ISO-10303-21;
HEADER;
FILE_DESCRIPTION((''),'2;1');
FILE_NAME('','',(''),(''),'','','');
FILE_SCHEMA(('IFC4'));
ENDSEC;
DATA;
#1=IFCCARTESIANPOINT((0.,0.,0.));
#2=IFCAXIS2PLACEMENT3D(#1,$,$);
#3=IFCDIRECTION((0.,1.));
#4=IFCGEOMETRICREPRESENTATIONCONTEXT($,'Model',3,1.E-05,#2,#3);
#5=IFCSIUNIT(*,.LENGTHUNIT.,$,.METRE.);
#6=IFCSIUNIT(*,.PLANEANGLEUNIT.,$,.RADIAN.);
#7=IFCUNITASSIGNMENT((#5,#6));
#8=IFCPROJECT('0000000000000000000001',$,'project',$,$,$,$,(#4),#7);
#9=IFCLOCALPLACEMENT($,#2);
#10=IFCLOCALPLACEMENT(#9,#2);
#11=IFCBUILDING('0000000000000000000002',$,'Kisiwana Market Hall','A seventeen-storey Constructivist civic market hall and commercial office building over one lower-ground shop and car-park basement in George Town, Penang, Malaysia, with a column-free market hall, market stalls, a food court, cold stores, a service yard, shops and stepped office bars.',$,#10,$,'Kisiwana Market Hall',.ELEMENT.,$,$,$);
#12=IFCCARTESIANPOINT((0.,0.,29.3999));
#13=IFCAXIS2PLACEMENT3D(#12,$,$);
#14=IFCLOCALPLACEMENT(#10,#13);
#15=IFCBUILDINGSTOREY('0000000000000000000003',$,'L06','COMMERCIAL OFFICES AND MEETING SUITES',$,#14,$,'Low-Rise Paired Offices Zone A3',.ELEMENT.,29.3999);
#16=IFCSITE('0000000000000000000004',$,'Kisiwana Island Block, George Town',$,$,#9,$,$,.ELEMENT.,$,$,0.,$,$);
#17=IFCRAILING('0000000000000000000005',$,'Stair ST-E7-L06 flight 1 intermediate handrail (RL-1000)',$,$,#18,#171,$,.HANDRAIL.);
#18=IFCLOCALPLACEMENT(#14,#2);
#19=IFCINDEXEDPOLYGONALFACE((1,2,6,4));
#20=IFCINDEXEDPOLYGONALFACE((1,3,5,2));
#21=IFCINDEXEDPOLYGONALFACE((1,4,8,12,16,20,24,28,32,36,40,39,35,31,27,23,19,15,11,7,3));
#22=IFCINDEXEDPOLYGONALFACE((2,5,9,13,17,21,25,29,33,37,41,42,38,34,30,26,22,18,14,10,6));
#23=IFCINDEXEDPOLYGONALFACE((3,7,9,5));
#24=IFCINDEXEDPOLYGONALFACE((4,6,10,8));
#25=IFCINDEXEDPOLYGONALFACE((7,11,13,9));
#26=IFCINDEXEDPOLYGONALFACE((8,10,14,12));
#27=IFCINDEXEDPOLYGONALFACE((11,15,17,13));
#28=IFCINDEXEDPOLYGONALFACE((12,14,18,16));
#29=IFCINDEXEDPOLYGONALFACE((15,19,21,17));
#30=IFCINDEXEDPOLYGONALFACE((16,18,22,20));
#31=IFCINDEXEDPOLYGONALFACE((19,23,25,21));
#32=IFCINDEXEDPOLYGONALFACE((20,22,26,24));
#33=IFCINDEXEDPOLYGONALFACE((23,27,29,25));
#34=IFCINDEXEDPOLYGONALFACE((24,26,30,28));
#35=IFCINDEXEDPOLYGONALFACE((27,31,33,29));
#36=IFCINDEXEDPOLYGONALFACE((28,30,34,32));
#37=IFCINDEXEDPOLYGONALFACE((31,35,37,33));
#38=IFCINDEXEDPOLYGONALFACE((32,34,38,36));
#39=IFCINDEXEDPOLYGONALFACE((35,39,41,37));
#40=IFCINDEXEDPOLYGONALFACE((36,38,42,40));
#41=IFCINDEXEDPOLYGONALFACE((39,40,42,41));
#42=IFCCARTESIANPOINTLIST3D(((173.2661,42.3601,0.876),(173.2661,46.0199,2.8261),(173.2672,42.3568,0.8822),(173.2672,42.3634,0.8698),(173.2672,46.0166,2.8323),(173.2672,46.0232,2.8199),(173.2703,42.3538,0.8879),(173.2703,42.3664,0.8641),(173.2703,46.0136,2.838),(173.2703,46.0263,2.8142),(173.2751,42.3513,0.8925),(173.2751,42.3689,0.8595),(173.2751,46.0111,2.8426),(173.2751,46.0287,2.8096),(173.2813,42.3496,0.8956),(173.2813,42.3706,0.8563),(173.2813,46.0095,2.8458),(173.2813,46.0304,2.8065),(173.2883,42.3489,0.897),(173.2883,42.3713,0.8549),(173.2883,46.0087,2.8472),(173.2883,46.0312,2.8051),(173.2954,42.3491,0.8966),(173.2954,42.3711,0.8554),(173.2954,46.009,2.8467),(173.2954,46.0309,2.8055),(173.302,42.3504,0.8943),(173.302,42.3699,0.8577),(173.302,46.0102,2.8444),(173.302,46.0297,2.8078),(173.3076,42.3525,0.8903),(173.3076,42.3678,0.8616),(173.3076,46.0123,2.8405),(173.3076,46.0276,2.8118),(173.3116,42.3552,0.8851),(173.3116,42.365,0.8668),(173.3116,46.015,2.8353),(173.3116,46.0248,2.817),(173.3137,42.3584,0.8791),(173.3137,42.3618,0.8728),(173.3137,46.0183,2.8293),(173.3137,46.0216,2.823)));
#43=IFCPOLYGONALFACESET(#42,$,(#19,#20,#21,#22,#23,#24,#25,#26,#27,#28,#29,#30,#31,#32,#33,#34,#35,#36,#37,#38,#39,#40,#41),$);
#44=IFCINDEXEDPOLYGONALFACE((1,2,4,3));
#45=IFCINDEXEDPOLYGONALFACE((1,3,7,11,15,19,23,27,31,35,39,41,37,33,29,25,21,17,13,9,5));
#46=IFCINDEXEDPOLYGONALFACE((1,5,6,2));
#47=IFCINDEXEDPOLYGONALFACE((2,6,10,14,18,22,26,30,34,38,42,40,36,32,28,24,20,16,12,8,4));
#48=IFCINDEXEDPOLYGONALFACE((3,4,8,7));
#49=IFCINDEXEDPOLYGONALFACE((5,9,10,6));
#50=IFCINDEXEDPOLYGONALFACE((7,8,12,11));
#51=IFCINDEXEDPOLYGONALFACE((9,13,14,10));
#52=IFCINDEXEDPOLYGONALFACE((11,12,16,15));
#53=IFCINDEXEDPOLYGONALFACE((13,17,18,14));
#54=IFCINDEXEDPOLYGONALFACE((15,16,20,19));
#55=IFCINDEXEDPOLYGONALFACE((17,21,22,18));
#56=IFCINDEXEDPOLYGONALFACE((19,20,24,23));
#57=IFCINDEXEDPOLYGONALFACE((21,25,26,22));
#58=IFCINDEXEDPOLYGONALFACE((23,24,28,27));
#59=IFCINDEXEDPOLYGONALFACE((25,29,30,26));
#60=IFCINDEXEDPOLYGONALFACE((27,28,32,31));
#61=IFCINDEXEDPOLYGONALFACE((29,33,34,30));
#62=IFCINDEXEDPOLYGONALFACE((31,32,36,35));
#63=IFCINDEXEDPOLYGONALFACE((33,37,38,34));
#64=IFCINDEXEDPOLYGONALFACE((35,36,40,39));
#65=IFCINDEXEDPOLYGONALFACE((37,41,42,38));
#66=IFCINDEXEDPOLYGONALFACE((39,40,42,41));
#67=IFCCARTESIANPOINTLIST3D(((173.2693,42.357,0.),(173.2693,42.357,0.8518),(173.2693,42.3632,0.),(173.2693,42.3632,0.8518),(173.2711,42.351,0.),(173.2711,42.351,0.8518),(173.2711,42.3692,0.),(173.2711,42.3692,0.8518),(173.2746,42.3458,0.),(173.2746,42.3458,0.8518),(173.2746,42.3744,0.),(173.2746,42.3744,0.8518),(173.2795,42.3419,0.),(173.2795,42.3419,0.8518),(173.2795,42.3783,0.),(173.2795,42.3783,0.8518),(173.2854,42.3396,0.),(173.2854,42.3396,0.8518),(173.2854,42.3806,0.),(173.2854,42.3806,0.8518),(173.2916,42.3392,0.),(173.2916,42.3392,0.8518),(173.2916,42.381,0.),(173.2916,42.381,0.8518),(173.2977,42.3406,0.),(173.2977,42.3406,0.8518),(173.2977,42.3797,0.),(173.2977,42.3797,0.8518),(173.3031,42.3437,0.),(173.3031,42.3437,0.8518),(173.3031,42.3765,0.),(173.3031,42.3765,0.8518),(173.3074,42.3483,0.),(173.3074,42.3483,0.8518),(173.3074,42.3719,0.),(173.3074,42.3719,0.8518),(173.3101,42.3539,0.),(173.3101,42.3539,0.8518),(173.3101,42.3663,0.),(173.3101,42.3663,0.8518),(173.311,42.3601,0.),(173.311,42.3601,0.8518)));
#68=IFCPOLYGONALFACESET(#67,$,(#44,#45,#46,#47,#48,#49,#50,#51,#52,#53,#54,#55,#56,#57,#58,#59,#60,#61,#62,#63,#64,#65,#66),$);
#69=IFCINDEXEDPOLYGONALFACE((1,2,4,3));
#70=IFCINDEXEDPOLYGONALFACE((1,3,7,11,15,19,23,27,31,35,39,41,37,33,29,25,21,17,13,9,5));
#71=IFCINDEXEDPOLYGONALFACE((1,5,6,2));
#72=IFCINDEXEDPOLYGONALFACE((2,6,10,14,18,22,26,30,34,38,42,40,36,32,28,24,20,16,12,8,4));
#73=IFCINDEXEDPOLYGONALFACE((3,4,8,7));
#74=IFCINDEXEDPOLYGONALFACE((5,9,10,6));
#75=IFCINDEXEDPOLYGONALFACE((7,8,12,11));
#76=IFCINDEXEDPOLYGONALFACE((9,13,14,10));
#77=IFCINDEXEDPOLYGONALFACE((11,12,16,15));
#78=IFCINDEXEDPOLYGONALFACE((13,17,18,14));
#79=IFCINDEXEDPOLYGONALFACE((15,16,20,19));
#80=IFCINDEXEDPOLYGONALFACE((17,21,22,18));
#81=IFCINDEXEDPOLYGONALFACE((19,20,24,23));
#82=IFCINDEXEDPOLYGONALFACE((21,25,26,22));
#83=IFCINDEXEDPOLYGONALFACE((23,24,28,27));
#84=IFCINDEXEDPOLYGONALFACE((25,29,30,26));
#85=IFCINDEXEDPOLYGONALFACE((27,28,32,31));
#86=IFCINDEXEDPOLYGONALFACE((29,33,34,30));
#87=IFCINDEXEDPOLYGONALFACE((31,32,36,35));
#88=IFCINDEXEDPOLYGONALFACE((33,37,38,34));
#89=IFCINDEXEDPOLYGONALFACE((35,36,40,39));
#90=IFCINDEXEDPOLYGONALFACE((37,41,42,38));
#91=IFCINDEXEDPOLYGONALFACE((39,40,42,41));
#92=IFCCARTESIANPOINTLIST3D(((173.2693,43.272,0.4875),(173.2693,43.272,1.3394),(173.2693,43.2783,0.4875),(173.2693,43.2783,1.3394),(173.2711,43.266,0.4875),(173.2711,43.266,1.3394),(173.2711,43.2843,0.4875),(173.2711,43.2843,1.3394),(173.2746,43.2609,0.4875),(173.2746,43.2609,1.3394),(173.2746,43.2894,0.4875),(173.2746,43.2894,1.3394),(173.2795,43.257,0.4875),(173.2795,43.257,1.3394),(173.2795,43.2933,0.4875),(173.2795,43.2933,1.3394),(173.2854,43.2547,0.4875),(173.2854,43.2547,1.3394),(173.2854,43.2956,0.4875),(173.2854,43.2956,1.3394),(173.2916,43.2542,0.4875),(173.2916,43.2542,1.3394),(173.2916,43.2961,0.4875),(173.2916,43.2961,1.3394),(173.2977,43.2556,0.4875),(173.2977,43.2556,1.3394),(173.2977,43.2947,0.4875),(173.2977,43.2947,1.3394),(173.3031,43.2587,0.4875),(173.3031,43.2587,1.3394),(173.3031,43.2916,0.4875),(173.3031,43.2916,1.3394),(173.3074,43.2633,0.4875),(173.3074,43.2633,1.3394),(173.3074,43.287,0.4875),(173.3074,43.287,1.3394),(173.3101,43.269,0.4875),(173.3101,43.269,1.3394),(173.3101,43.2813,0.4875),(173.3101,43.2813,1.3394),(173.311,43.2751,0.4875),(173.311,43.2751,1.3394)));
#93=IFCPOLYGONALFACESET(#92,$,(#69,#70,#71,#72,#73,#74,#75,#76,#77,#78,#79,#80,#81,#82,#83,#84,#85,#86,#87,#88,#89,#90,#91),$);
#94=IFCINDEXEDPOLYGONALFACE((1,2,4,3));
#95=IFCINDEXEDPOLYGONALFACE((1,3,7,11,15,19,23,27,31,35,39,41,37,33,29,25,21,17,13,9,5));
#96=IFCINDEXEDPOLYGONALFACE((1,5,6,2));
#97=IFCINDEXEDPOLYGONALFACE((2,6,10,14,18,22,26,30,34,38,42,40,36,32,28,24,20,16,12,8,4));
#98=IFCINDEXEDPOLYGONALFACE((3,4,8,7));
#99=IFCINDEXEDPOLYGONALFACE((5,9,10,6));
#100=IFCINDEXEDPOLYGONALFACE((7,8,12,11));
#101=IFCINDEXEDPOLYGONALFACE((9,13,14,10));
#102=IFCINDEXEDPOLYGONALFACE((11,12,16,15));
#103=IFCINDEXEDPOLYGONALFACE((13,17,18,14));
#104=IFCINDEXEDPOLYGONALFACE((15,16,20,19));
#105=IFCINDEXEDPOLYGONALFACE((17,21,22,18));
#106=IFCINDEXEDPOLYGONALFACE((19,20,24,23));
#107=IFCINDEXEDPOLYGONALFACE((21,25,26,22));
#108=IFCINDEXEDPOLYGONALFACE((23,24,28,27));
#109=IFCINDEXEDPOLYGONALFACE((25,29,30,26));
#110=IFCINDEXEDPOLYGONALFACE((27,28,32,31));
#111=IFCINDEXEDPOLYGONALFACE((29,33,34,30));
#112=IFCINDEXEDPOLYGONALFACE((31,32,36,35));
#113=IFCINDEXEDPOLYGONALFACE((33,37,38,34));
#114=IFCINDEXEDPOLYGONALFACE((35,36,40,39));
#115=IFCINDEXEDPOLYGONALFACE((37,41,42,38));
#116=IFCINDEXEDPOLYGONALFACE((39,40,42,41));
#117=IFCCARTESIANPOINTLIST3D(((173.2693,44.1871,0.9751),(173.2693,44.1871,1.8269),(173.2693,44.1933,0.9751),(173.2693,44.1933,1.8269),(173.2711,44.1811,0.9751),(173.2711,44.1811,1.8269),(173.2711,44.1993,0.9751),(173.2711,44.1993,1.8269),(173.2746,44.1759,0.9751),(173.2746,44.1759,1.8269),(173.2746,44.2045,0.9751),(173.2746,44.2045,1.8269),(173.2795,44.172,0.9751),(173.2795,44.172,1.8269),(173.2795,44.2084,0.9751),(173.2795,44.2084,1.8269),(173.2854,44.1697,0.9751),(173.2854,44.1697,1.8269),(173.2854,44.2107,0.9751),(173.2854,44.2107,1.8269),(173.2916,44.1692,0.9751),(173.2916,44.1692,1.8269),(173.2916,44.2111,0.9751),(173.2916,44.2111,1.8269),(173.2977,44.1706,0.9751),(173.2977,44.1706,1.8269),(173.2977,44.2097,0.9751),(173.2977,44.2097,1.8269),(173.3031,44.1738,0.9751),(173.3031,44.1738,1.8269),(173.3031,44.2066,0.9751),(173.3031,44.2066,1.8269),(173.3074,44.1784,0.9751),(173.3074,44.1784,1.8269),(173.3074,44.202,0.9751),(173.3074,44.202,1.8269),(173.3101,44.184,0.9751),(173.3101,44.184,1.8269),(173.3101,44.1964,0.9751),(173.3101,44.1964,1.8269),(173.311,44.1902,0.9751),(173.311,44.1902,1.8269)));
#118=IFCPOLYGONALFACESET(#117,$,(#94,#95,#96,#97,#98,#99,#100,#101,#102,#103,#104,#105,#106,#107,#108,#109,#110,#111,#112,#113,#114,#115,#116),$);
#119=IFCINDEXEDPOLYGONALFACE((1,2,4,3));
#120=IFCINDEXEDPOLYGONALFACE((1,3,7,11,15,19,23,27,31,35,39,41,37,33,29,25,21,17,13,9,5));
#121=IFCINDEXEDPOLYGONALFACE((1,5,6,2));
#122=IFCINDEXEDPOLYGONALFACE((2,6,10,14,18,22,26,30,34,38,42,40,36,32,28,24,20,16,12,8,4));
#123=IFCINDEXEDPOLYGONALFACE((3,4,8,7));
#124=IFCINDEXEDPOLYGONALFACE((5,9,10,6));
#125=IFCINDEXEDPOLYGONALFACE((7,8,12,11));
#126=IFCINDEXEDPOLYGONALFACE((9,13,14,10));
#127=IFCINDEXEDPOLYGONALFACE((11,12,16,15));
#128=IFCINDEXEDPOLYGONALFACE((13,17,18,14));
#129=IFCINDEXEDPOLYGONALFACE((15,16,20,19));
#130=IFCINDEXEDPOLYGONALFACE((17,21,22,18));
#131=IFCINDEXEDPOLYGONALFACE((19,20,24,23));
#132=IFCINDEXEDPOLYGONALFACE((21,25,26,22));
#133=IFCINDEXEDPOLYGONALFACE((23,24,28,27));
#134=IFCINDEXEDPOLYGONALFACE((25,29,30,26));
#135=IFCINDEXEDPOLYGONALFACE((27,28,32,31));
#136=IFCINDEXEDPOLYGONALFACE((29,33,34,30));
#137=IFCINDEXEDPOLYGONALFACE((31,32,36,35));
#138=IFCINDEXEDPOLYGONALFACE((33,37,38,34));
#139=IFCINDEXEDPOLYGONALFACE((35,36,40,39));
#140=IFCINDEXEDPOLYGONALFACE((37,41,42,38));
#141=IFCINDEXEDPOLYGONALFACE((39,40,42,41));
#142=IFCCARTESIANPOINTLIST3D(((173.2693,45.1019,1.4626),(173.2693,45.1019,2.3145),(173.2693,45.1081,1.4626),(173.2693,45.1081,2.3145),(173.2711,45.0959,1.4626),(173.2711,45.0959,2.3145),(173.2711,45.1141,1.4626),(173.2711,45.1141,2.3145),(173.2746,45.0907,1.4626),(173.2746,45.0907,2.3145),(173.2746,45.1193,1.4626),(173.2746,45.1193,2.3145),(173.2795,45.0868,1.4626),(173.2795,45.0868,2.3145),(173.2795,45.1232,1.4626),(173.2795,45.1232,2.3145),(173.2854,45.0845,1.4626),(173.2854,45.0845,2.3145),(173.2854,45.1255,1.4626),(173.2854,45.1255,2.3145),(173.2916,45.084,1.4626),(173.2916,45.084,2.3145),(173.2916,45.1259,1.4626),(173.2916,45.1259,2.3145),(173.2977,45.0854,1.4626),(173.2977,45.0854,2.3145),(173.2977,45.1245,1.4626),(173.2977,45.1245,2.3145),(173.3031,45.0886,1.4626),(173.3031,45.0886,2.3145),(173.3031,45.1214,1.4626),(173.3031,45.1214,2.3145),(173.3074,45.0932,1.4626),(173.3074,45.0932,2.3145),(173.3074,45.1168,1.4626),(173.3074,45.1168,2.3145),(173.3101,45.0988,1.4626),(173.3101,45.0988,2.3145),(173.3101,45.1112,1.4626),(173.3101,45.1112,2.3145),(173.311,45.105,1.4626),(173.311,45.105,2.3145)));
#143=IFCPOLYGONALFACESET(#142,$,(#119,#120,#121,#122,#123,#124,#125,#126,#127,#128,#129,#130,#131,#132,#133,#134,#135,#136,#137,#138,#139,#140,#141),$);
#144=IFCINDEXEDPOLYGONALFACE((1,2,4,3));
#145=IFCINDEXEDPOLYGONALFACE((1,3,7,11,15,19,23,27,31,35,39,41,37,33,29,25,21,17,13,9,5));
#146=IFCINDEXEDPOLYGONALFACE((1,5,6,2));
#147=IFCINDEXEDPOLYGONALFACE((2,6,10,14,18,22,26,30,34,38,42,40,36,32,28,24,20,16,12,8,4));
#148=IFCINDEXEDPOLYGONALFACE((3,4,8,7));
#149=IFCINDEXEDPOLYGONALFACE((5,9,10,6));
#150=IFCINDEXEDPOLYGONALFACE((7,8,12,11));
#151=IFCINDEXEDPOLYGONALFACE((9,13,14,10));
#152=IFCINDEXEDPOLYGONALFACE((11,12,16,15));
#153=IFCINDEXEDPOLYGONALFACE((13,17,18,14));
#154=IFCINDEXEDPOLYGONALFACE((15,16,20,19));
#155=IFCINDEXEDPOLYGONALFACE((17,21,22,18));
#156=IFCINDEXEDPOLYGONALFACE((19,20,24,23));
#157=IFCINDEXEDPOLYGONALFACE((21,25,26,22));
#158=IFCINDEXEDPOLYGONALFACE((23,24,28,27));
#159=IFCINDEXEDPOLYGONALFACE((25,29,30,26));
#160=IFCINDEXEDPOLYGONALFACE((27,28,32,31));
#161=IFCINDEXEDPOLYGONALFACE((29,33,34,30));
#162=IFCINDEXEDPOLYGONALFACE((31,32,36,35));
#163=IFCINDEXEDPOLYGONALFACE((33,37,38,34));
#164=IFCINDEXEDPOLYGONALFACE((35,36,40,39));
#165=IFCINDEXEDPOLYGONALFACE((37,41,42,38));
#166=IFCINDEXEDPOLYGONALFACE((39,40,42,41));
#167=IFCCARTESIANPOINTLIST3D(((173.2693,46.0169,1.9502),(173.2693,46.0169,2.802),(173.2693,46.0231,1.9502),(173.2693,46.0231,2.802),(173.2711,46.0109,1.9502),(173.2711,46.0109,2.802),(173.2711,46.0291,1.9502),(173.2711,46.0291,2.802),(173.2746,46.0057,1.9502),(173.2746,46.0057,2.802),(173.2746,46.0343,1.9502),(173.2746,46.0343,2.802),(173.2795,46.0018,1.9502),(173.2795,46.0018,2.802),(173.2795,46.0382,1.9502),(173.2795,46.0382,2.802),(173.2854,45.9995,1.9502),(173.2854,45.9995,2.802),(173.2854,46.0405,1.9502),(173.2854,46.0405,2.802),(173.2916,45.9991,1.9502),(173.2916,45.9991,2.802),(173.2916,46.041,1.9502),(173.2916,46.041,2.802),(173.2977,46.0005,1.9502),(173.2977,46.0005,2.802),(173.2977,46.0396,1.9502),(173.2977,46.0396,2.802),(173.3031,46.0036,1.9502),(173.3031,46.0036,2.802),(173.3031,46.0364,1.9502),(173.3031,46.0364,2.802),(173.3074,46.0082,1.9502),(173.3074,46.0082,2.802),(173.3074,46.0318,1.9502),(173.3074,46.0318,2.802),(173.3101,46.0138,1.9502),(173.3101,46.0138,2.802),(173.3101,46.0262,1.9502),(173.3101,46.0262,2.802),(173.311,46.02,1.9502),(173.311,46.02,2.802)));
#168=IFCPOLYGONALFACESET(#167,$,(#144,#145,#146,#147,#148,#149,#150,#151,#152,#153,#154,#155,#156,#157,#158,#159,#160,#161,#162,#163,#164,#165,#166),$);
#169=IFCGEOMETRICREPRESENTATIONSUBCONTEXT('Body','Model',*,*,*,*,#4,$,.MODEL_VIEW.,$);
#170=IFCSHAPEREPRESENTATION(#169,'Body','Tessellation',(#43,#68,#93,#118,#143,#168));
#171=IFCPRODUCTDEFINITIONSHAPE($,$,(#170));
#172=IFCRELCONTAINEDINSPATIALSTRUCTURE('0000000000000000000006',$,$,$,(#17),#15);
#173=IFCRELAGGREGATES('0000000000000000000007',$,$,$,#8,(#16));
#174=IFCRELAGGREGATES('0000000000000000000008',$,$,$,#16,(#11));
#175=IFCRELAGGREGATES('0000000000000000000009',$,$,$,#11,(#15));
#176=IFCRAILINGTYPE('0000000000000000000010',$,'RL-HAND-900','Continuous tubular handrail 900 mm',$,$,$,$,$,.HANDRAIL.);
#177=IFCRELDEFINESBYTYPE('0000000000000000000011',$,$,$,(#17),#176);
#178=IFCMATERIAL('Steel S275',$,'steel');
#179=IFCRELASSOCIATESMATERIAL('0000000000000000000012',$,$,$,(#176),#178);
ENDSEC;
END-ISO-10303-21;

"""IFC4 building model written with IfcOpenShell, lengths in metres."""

from ifc_helpers import new_model, si_unit, direction, frame, origin, origin_2d, place, context, subcontext, project, spatial, circle, extrude, material, type_object, element, save


model = new_model("IFC4")

# Units and contexts
model_context = context("Model", 3, precision=1e-05, world=origin(), true_north=direction((0.0, 1.0)))
body_context = subcontext(model_context, "Body", "Model", "MODEL_VIEW")
ifc_project = project(units=[si_unit("LENGTHUNIT", "METRE"), si_unit("PLANEANGLEUNIT", "RADIAN")], contexts=[model_context])

# Site, building, storey
site_placement = place(None, origin())
site = spatial("IfcSite", under=ifc_project, at=site_placement, Name="Kisiwana Island Block, George Town", CompositionType="ELEMENT", RefElevation=0.0)
building_placement = place(site_placement, origin())
building = spatial("IfcBuilding", under=site, at=building_placement, Name="Kisiwana Market Hall", Description="A seventeen-storey Constructivist civic market hall and commercial office building over one lower-ground shop and car-park basement in George Town, Penang, Malaysia, with a column-free market hall, market stalls, a food court, cold stores, a service yard, shops and stepped office bars.", LongName="Kisiwana Market Hall", CompositionType="ELEMENT")
storey_placement = place(building_placement, frame((0.0, 0.0, 29.3999)))
storey = spatial("IfcBuildingStorey", under=building, at=storey_placement, Name="L06", Description="COMMERCIAL OFFICES AND MEETING SUITES", LongName="Low-Rise Paired Offices Zone A3", CompositionType="ELEMENT", Elevation=29.3999)

# Railing
ifc_material_1 = material(Name="Steel S275", Category="steel")
railing_type_1 = type_object("IfcRailingType", Name="RL-HAND-900", Description="Continuous tubular handrail 900 mm", PredefinedType="HANDRAIL", material=ifc_material_1)
railing_1_placement = place(storey_placement, frame((173.29, 42.3601, 0.0)))
element("IfcRailing", 1, at=railing_1_placement, inside=storey, type_object=railing_type_1, Name="Stair ST-E7-L06 flight 1 intermediate handrail (RL-1000)", PredefinedType="HANDRAIL", context=body_context, shape_type="SweptSolid", body=[
    extrude(circle(Radius=0.0239, at=origin_2d()), frame((0.0, 0.0, 0.876), z_axis=(0.0, 0.882529, 0.470258), x_axis=(-1.0, 0.0, 0.0)), (0.0, 0.0, 1.0), 4.147),
    extrude(circle(Radius=0.021, at=origin_2d()), origin(), (0.0, 0.0, 1.0), 0.8518),
    extrude(circle(Radius=0.021, at=origin_2d()), frame((0.0, 0.915, 0.4875)), (0.0, 0.0, 1.0), 0.8518),
    extrude(circle(Radius=0.021, at=origin_2d()), frame((0.0, 1.8301, 0.9751)), (0.0, 0.0, 1.0), 0.8518),
    extrude(circle(Radius=0.021, at=origin_2d()), frame((0.0, 2.7449, 1.4626)), (0.0, 0.0, 1.0), 0.8518),
    extrude(circle(Radius=0.021, at=origin_2d()), frame((0.0, 3.6599, 1.9502)), (0.0, 0.0, 1.0), 0.8518),
])

save(model, "model.ifc")
